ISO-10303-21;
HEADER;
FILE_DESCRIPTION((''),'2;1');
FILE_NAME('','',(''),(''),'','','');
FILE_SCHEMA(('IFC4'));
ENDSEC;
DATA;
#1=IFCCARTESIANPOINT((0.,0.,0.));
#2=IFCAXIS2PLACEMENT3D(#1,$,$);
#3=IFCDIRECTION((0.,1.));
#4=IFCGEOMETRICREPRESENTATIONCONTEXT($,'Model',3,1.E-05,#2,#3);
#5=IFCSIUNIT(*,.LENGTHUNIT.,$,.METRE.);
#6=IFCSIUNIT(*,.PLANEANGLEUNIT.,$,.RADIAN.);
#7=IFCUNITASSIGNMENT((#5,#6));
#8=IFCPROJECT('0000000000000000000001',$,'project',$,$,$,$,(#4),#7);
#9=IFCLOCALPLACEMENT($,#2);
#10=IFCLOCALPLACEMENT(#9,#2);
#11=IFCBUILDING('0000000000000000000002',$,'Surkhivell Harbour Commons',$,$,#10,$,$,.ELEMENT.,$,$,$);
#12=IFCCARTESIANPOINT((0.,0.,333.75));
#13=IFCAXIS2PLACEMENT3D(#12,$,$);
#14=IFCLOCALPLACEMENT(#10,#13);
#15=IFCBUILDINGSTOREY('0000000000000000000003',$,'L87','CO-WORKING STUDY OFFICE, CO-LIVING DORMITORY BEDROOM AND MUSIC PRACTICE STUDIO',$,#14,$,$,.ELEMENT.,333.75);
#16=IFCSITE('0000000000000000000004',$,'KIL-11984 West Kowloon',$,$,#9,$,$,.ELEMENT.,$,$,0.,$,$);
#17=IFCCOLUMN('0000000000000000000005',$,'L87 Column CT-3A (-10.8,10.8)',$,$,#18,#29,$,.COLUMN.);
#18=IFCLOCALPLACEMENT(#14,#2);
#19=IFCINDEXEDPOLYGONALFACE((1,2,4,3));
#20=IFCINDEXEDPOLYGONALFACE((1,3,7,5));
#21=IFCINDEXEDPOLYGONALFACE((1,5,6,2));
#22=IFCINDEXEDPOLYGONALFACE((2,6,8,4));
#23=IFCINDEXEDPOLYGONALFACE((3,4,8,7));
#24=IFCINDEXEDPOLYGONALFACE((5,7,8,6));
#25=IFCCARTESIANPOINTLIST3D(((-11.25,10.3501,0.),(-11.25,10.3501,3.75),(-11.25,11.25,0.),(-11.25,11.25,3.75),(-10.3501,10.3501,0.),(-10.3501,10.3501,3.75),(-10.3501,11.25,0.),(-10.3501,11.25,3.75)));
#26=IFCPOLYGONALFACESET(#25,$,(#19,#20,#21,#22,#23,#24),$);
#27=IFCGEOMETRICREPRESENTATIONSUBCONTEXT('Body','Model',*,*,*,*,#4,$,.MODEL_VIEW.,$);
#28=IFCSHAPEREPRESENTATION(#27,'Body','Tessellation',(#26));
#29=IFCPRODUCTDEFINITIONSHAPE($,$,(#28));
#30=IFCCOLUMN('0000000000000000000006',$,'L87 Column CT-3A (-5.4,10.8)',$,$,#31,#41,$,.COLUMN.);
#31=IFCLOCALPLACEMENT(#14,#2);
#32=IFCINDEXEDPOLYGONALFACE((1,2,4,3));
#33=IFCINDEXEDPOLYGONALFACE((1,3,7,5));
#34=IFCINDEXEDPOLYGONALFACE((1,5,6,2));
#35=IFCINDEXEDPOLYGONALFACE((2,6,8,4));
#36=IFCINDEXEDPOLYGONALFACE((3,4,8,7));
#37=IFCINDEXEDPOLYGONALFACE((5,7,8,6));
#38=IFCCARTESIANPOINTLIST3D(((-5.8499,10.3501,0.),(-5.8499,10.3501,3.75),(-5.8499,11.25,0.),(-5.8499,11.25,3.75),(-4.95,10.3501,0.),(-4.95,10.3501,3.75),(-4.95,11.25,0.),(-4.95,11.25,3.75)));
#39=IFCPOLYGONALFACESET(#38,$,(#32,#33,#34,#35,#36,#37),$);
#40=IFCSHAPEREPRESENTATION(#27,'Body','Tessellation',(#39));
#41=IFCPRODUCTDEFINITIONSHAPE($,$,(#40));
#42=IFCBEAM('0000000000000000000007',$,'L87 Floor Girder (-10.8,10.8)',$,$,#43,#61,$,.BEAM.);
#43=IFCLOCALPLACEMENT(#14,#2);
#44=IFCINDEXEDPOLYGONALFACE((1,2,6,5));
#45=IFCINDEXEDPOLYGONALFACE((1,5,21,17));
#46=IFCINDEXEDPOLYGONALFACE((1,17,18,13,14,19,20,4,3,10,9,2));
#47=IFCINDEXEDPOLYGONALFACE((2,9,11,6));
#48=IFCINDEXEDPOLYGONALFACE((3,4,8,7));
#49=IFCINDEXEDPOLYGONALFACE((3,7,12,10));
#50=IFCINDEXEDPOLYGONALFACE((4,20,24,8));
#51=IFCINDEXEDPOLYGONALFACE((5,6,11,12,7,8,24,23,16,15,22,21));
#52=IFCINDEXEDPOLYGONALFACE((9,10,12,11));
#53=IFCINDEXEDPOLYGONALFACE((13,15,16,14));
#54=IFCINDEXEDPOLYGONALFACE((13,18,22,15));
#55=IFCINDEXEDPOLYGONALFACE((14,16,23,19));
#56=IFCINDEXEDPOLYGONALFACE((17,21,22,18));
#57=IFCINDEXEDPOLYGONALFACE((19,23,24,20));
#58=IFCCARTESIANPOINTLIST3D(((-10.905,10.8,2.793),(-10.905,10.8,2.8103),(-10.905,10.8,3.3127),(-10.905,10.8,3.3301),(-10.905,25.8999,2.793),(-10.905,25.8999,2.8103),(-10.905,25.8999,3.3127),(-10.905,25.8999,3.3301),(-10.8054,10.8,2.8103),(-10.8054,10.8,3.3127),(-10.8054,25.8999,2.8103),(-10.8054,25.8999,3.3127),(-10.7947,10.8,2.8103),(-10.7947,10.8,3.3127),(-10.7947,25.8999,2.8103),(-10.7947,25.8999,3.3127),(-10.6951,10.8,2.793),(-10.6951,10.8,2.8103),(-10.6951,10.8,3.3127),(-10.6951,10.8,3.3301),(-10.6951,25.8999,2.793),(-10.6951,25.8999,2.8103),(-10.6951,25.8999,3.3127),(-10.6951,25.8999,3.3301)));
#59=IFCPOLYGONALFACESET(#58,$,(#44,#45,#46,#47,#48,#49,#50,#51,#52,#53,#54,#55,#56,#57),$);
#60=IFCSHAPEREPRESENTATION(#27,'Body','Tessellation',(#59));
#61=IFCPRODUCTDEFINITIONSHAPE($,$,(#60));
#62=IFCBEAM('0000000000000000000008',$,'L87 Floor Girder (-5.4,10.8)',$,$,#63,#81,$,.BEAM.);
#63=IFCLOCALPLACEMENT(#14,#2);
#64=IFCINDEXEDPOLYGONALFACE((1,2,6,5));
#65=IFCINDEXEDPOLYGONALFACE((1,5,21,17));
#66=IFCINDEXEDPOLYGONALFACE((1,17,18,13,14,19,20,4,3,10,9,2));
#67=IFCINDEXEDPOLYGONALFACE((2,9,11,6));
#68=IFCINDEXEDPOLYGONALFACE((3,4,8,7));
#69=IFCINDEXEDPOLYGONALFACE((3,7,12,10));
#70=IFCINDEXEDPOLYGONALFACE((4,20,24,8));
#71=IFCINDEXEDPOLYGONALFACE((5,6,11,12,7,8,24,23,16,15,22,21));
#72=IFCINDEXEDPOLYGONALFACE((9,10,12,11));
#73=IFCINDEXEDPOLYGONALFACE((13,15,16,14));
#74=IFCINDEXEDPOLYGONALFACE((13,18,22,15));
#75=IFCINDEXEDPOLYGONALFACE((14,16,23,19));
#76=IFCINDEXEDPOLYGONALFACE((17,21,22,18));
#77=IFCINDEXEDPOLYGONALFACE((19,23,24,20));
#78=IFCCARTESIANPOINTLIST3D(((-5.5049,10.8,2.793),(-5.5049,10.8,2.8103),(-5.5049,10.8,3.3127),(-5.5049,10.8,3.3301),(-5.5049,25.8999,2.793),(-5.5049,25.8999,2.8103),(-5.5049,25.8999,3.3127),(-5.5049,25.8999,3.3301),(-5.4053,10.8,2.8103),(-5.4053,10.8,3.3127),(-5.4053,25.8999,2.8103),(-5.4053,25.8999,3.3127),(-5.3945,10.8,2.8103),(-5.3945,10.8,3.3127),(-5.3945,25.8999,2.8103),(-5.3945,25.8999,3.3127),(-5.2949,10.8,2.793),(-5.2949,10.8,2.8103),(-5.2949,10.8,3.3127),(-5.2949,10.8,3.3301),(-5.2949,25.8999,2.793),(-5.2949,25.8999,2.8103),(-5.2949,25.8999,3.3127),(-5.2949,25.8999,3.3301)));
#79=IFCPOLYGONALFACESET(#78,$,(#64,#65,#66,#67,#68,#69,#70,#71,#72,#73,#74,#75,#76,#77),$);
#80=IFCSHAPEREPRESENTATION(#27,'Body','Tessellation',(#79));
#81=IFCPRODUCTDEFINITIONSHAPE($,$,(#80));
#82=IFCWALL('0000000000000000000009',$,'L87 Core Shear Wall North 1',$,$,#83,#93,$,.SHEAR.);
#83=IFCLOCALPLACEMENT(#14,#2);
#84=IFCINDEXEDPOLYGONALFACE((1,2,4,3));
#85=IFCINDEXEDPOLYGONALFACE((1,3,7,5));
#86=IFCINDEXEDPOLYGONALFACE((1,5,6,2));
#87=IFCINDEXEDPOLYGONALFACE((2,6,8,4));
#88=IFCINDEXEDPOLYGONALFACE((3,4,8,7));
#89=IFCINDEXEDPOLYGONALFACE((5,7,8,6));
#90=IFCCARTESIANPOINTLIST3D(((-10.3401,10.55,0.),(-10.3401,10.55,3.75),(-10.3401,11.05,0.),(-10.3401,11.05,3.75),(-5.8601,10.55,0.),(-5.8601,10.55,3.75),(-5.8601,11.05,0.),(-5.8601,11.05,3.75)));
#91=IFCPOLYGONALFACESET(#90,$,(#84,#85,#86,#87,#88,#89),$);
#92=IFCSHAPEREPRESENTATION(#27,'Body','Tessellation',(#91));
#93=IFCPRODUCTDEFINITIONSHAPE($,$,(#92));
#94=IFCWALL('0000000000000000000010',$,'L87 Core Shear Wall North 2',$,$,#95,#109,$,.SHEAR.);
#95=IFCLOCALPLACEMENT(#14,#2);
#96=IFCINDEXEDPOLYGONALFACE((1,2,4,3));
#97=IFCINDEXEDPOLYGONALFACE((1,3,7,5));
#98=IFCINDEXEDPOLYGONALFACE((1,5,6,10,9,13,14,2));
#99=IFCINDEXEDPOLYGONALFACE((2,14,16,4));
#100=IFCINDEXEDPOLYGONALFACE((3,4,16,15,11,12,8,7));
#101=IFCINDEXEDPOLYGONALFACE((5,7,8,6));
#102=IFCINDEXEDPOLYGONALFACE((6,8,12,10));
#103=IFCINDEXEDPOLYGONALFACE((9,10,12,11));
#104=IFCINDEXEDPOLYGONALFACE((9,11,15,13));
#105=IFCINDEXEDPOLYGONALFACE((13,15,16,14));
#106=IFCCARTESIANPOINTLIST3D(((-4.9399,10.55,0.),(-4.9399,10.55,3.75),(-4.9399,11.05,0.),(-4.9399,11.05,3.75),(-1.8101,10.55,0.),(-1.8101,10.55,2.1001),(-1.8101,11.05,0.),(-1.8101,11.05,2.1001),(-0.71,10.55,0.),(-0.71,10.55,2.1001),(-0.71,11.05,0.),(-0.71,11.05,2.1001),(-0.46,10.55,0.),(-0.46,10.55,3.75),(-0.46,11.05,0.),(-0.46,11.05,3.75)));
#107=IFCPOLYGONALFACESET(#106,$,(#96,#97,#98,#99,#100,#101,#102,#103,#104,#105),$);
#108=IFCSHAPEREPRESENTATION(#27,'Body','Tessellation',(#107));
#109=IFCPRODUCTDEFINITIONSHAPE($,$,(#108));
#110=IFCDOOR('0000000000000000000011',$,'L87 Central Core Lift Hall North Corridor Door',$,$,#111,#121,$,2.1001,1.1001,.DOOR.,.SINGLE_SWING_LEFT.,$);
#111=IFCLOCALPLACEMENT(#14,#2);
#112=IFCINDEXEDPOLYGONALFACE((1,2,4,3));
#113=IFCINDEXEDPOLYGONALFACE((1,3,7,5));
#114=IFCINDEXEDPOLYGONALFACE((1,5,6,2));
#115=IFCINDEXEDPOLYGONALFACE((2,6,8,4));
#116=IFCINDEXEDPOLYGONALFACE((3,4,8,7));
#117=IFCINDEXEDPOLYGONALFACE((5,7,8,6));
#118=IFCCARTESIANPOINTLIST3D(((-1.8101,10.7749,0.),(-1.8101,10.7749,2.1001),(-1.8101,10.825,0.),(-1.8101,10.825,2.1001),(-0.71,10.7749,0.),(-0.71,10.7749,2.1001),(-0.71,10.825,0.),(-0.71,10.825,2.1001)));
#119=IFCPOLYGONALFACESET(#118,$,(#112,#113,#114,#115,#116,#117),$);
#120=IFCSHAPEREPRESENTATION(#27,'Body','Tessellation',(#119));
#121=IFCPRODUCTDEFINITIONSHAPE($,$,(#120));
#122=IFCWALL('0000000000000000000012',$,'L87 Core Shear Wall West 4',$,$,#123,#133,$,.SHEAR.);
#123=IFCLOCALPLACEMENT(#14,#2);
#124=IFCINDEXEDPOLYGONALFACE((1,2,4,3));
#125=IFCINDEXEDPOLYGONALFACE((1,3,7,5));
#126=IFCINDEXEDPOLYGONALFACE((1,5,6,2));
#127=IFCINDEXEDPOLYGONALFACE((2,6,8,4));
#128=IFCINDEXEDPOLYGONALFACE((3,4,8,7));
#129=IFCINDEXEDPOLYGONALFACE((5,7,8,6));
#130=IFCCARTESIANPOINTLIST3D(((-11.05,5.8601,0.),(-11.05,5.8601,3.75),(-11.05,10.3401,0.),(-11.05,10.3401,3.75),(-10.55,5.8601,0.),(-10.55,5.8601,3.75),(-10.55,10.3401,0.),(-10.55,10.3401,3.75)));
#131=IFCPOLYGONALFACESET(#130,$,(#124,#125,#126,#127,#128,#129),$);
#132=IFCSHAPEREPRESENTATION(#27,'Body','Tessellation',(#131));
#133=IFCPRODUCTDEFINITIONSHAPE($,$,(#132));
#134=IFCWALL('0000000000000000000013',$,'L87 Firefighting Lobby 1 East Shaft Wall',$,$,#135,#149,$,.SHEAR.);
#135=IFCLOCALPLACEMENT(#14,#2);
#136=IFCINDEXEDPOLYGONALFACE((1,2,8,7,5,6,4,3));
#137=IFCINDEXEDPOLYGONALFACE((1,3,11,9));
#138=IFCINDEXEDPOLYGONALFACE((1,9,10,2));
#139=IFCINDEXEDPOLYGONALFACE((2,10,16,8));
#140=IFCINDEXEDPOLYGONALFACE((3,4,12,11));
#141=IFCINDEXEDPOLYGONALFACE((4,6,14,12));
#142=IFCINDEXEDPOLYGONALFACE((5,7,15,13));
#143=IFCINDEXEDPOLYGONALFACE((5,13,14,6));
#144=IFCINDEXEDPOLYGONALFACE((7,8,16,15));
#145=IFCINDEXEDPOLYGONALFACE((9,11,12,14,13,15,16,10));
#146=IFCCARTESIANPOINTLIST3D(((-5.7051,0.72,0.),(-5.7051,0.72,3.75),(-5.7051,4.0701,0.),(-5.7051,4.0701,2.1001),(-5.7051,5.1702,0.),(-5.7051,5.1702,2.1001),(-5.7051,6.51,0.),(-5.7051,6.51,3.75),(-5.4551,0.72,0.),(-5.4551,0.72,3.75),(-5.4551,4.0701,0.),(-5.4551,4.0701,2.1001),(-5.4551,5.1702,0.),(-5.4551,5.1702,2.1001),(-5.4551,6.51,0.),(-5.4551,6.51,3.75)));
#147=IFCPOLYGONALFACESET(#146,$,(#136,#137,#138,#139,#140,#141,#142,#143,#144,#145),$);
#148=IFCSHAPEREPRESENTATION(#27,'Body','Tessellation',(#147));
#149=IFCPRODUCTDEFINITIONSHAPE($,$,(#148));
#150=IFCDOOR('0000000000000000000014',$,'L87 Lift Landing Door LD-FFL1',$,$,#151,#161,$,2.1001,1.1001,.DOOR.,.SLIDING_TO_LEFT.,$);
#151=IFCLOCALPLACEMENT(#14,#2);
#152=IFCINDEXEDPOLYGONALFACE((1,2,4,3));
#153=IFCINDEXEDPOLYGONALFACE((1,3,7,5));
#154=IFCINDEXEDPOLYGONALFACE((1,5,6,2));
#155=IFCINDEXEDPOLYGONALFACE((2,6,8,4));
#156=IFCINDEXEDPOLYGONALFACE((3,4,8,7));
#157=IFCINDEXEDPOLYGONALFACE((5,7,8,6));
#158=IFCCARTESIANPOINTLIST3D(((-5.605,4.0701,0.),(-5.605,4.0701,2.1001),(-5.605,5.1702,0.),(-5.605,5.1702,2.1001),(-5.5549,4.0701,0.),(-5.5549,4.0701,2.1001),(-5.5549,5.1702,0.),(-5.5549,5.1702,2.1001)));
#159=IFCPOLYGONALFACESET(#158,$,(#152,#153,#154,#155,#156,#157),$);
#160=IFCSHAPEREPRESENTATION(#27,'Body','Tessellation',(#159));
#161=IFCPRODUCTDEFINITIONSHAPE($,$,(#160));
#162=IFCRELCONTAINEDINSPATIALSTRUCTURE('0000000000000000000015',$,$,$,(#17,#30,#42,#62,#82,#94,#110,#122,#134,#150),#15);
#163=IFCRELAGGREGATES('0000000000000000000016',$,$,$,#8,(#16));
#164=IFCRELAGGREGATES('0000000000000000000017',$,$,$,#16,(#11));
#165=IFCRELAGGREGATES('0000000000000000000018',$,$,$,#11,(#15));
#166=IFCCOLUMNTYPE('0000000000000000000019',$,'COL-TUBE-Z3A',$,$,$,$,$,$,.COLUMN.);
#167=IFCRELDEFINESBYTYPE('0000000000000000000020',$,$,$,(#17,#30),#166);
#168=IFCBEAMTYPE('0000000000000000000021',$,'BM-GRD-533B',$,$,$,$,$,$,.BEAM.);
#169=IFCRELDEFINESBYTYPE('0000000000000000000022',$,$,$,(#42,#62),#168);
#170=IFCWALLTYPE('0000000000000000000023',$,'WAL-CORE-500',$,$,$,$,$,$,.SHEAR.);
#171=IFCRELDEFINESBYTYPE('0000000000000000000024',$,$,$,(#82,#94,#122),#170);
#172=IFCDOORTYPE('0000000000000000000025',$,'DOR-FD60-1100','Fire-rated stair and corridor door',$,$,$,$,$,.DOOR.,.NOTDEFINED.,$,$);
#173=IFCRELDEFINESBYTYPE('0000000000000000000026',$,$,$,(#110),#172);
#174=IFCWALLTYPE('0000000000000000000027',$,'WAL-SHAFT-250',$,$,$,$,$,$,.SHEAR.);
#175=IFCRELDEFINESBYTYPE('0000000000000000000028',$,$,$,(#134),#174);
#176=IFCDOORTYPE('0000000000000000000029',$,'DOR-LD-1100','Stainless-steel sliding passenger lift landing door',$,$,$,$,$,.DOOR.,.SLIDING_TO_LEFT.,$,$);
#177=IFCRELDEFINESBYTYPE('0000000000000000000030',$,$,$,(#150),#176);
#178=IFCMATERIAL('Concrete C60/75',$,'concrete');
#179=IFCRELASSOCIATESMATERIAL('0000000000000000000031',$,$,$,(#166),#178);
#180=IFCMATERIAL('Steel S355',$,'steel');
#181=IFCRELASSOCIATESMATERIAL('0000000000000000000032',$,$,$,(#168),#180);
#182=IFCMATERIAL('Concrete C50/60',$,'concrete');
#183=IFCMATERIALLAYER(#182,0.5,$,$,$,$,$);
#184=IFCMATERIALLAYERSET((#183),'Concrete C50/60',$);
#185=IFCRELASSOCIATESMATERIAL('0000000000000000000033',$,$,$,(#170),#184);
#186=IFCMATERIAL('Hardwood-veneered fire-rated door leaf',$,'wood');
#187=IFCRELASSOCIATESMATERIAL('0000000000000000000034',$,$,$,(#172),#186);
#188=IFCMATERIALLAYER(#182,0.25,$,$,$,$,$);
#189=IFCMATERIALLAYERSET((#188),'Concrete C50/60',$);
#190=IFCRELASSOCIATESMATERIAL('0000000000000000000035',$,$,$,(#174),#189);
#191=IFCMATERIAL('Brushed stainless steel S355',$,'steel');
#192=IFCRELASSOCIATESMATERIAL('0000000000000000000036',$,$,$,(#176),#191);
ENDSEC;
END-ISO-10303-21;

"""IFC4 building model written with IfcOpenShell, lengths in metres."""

from ifc_helpers import new_model, si_unit, direction, frame, frame_2d, origin, origin_2d, place, context, subcontext, project, spatial, rectangle, i_section, extrude, material, layer, layer_set, material_profile, profile_set, type_object, element, fill, save


model = new_model("IFC4")

# Units and contexts
model_context = context("Model", 3, precision=1e-05, world=origin(), true_north=direction((0.0, 1.0)))
body_context = subcontext(model_context, "Body", "Model", "MODEL_VIEW")
ifc_project = project(units=[si_unit("LENGTHUNIT", "METRE"), si_unit("PLANEANGLEUNIT", "RADIAN")], contexts=[model_context])

# Site, building, storey
site_placement = place(None, origin())
site = spatial("IfcSite", under=ifc_project, at=site_placement, Name="KIL-11984 West Kowloon", CompositionType="ELEMENT", RefElevation=0.0)
building_placement = place(site_placement, origin())
building = spatial("IfcBuilding", under=site, at=building_placement, Name="Surkhivell Harbour Commons", CompositionType="ELEMENT")
storey_placement = place(building_placement, frame((0.0, 0.0, 333.75)))
storey = spatial("IfcBuildingStorey", under=building, at=storey_placement, Name="L87", Description="CO-WORKING STUDY OFFICE, CO-LIVING DORMITORY BEDROOM AND MUSIC PRACTICE STUDIO", CompositionType="ELEMENT", Elevation=333.75)

# Columns
ifc_material_1 = material(Name="Concrete C60/75", Category="concrete")
ifc_material_profile_1 = material_profile(ifc_material_1, rectangle(XDim=0.8999, YDim=0.8999, at=origin_2d()), Name="RC-COL-900x900")
ifc_profile_set_1 = profile_set([ifc_material_profile_1], Name="Concrete C60/75")
column_type = type_object("IfcColumnType", Name="COL-TUBE-Z3A", PredefinedType="COLUMN", material=ifc_profile_set_1)
for number, where, z_axis, x_axis, name in (
    (1, (-10.8, 10.8, 0.0), (0.0, 0.0, 1.0), (1.0, 0.0, 0.0), "L87 Column CT-3A (-10.8,10.8)"),
    (2, (-5.3999, 10.8, 0.0), (0.0, 0.0, 1.0), (1.0, 0.0, 0.0), "L87 Column CT-3A (-5.4,10.8)"),
):
    element("IfcColumn", number, at=place(storey_placement, frame(where, z_axis=z_axis, x_axis=x_axis)), inside=storey, type_object=column_type, Name=name, PredefinedType="COLUMN", context=body_context, shape_type="SweptSolid", body=[
        extrude(rectangle(XDim=0.8999, YDim=0.8999, at=origin_2d()), origin(), (0.0, 0.0, 1.0), 3.75),
    ])

# Beams
ifc_material_2 = material(Name="Steel S355", Category="steel")
ifc_material_profile_2 = material_profile(ifc_material_2, i_section(OverallWidth=0.21, OverallDepth=0.5371, WebThickness=0.0107, FlangeThickness=0.0173, at=origin_2d()), Name="UB533x210x101")
ifc_profile_set_2 = profile_set([ifc_material_profile_2], Name="Steel S355")
beam_type = type_object("IfcBeamType", Name="BM-GRD-533B", PredefinedType="BEAM", material=ifc_profile_set_2)
for number, where, z_axis, x_axis, name in (
    (3, (-10.8, 10.8, 3.0615), (0.0, 1.0, 0.0), (-1.0, 0.0, 0.0), "L87 Floor Girder (-10.8,10.8)"),
    (4, (-5.3999, 10.8, 3.0615), (0.0, 1.0, 0.0), (-1.0, 0.0, 0.0), "L87 Floor Girder (-5.4,10.8)"),
):
    element("IfcBeam", number, at=place(storey_placement, frame(where, z_axis=z_axis, x_axis=x_axis)), inside=storey, type_object=beam_type, Name=name, PredefinedType="BEAM", context=body_context, shape_type="SweptSolid", body=[
        extrude(i_section(OverallWidth=0.21, OverallDepth=0.5371, WebThickness=0.0107, FlangeThickness=0.0173, at=origin_2d()), origin(), (0.0, 0.0, 1.0), 15.0999),
    ])

# Wall
ifc_material_3 = material(Name="Concrete C50/60", Category="concrete")
ifc_layer_1 = layer(ifc_material_3, 0.5)
ifc_layer_set_1 = layer_set([ifc_layer_1], Name="Concrete C50/60")
wall_type_1 = type_object("IfcWallType", Name="WAL-CORE-500", PredefinedType="SHEAR", material=ifc_layer_set_1)
wall_1_placement = place(storey_placement, frame((-10.3401, 10.8, 0.0), z_axis=(0.0, 0.0, 1.0), x_axis=(1.0, 0.0, 0.0)))
element("IfcWall", 5, at=wall_1_placement, inside=storey, type_object=wall_type_1, Name="L87 Core Shear Wall North 1", PredefinedType="SHEAR", context=body_context, shape_type="SweptSolid", body=[
    extrude(rectangle(XDim=4.48, YDim=0.5, at=frame_2d((2.24, 0.0))), origin(), (0.0, 0.0, 1.0), 3.75),
])

# Wall, opening, door
wall_2_placement = place(storey_placement, frame((-4.9399, 10.8, 0.0), z_axis=(0.0, 0.0, 1.0), x_axis=(1.0, 0.0, 0.0)))
wall_2 = element("IfcWall", 6, at=wall_2_placement, inside=storey, type_object=wall_type_1, Name="L87 Core Shear Wall North 2", PredefinedType="SHEAR", context=body_context, shape_type="SweptSolid", body=[
    extrude(rectangle(XDim=4.48, YDim=0.5, at=frame_2d((2.24, 0.0))), origin(), (0.0, 0.0, 1.0), 3.75),
])
opening_1_placement = place(wall_2_placement, frame((3.1299, 0.0, 0.0)))
opening_1 = element("IfcOpeningElement", 7, at=opening_1_placement, cuts=wall_2, PredefinedType="OPENING", context=body_context, shape_type="SweptSolid", body=[
    extrude(rectangle(XDim=1.1001, YDim=2.1001, at=frame_2d((0.55, 1.05))), frame((0.0, 0.26, 0.0), z_axis=(0.0, -1.0, 0.0), x_axis=(1.0, 0.0, 0.0)), (0.0, 0.0, 1.0), 0.52),
])
ifc_material_4 = material(Name="Hardwood-veneered fire-rated door leaf", Category="wood")
door_type_1 = type_object("IfcDoorType", Name="DOR-FD60-1100", Description="Fire-rated stair and corridor door", OperationType="NOTDEFINED", PredefinedType="DOOR", material=ifc_material_4)
door_1_placement = place(opening_1_placement, origin())
door_1 = element("IfcDoor", 8, at=door_1_placement, inside=storey, type_object=door_type_1, Name="L87 Central Core Lift Hall North Corridor Door", OperationType="SINGLE_SWING_LEFT", OverallHeight=2.1001, OverallWidth=1.1001, PredefinedType="DOOR", context=body_context, shape_type="SweptSolid", body=[
    extrude(rectangle(XDim=1.1001, YDim=2.1001, at=frame_2d((0.55, 1.05))), frame((0.0, 0.0249, 0.0), z_axis=(0.0, -1.0, 0.0), x_axis=(1.0, 0.0, 0.0)), (0.0, 0.0, 1.0), 0.05),
])
fill(opening_1, door_1)

# Wall
wall_3_placement = place(storey_placement, frame((-10.8, 5.8601, 0.0), z_axis=(0.0, 0.0, 1.0), x_axis=(0.0, 1.0, 0.0)))
element("IfcWall", 9, at=wall_3_placement, inside=storey, type_object=wall_type_1, Name="L87 Core Shear Wall West 4", PredefinedType="SHEAR", context=body_context, shape_type="SweptSolid", body=[
    extrude(rectangle(XDim=4.48, YDim=0.5, at=frame_2d((2.24, 0.0))), origin(), (0.0, 0.0, 1.0), 3.75),
])

# Wall, opening, door
ifc_layer_2 = layer(ifc_material_3, 0.25)
ifc_layer_set_2 = layer_set([ifc_layer_2], Name="Concrete C50/60")
wall_type_2 = type_object("IfcWallType", Name="WAL-SHAFT-250", PredefinedType="SHEAR", material=ifc_layer_set_2)
wall_4_placement = place(storey_placement, frame((-5.5801, 0.72, 0.0), z_axis=(0.0, 0.0, 1.0), x_axis=(0.0, 1.0, 0.0)))
wall_4 = element("IfcWall", 10, at=wall_4_placement, inside=storey, type_object=wall_type_2, Name="L87 Firefighting Lobby 1 East Shaft Wall", PredefinedType="SHEAR", context=body_context, shape_type="SweptSolid", body=[
    extrude(rectangle(XDim=5.79, YDim=0.25, at=frame_2d((2.895, 0.0))), origin(), (0.0, 0.0, 1.0), 3.75),
])
opening_2_placement = place(wall_4_placement, frame((3.3501, 0.0, 0.0)))
opening_2 = element("IfcOpeningElement", 11, at=opening_2_placement, cuts=wall_4, PredefinedType="OPENING", context=body_context, shape_type="SweptSolid", body=[
    extrude(rectangle(XDim=1.1001, YDim=2.1001, at=frame_2d((0.55, 1.05))), frame((0.0, 0.135, 0.0), z_axis=(0.0, -1.0, 0.0), x_axis=(1.0, 0.0, 0.0)), (0.0, 0.0, 1.0), 0.27),
])
ifc_material_5 = material(Name="Brushed stainless steel S355", Category="steel")
door_type_2 = type_object("IfcDoorType", Name="DOR-LD-1100", Description="Stainless-steel sliding passenger lift landing door", OperationType="SLIDING_TO_LEFT", PredefinedType="DOOR", material=ifc_material_5)
door_2_placement = place(opening_2_placement, origin())
door_2 = element("IfcDoor", 12, at=door_2_placement, inside=storey, type_object=door_type_2, Name="L87 Lift Landing Door LD-FFL1", OperationType="SLIDING_TO_LEFT", OverallHeight=2.1001, OverallWidth=1.1001, PredefinedType="DOOR", context=body_context, shape_type="SweptSolid", body=[
    extrude(rectangle(XDim=1.1001, YDim=2.1001, at=frame_2d((0.55, 1.05))), frame((0.0, 0.0249, 0.0), z_axis=(0.0, -1.0, 0.0), x_axis=(1.0, 0.0, 0.0)), (0.0, 0.0, 1.0), 0.05),
])
fill(opening_2, door_2)

save(model, "model.ifc")
